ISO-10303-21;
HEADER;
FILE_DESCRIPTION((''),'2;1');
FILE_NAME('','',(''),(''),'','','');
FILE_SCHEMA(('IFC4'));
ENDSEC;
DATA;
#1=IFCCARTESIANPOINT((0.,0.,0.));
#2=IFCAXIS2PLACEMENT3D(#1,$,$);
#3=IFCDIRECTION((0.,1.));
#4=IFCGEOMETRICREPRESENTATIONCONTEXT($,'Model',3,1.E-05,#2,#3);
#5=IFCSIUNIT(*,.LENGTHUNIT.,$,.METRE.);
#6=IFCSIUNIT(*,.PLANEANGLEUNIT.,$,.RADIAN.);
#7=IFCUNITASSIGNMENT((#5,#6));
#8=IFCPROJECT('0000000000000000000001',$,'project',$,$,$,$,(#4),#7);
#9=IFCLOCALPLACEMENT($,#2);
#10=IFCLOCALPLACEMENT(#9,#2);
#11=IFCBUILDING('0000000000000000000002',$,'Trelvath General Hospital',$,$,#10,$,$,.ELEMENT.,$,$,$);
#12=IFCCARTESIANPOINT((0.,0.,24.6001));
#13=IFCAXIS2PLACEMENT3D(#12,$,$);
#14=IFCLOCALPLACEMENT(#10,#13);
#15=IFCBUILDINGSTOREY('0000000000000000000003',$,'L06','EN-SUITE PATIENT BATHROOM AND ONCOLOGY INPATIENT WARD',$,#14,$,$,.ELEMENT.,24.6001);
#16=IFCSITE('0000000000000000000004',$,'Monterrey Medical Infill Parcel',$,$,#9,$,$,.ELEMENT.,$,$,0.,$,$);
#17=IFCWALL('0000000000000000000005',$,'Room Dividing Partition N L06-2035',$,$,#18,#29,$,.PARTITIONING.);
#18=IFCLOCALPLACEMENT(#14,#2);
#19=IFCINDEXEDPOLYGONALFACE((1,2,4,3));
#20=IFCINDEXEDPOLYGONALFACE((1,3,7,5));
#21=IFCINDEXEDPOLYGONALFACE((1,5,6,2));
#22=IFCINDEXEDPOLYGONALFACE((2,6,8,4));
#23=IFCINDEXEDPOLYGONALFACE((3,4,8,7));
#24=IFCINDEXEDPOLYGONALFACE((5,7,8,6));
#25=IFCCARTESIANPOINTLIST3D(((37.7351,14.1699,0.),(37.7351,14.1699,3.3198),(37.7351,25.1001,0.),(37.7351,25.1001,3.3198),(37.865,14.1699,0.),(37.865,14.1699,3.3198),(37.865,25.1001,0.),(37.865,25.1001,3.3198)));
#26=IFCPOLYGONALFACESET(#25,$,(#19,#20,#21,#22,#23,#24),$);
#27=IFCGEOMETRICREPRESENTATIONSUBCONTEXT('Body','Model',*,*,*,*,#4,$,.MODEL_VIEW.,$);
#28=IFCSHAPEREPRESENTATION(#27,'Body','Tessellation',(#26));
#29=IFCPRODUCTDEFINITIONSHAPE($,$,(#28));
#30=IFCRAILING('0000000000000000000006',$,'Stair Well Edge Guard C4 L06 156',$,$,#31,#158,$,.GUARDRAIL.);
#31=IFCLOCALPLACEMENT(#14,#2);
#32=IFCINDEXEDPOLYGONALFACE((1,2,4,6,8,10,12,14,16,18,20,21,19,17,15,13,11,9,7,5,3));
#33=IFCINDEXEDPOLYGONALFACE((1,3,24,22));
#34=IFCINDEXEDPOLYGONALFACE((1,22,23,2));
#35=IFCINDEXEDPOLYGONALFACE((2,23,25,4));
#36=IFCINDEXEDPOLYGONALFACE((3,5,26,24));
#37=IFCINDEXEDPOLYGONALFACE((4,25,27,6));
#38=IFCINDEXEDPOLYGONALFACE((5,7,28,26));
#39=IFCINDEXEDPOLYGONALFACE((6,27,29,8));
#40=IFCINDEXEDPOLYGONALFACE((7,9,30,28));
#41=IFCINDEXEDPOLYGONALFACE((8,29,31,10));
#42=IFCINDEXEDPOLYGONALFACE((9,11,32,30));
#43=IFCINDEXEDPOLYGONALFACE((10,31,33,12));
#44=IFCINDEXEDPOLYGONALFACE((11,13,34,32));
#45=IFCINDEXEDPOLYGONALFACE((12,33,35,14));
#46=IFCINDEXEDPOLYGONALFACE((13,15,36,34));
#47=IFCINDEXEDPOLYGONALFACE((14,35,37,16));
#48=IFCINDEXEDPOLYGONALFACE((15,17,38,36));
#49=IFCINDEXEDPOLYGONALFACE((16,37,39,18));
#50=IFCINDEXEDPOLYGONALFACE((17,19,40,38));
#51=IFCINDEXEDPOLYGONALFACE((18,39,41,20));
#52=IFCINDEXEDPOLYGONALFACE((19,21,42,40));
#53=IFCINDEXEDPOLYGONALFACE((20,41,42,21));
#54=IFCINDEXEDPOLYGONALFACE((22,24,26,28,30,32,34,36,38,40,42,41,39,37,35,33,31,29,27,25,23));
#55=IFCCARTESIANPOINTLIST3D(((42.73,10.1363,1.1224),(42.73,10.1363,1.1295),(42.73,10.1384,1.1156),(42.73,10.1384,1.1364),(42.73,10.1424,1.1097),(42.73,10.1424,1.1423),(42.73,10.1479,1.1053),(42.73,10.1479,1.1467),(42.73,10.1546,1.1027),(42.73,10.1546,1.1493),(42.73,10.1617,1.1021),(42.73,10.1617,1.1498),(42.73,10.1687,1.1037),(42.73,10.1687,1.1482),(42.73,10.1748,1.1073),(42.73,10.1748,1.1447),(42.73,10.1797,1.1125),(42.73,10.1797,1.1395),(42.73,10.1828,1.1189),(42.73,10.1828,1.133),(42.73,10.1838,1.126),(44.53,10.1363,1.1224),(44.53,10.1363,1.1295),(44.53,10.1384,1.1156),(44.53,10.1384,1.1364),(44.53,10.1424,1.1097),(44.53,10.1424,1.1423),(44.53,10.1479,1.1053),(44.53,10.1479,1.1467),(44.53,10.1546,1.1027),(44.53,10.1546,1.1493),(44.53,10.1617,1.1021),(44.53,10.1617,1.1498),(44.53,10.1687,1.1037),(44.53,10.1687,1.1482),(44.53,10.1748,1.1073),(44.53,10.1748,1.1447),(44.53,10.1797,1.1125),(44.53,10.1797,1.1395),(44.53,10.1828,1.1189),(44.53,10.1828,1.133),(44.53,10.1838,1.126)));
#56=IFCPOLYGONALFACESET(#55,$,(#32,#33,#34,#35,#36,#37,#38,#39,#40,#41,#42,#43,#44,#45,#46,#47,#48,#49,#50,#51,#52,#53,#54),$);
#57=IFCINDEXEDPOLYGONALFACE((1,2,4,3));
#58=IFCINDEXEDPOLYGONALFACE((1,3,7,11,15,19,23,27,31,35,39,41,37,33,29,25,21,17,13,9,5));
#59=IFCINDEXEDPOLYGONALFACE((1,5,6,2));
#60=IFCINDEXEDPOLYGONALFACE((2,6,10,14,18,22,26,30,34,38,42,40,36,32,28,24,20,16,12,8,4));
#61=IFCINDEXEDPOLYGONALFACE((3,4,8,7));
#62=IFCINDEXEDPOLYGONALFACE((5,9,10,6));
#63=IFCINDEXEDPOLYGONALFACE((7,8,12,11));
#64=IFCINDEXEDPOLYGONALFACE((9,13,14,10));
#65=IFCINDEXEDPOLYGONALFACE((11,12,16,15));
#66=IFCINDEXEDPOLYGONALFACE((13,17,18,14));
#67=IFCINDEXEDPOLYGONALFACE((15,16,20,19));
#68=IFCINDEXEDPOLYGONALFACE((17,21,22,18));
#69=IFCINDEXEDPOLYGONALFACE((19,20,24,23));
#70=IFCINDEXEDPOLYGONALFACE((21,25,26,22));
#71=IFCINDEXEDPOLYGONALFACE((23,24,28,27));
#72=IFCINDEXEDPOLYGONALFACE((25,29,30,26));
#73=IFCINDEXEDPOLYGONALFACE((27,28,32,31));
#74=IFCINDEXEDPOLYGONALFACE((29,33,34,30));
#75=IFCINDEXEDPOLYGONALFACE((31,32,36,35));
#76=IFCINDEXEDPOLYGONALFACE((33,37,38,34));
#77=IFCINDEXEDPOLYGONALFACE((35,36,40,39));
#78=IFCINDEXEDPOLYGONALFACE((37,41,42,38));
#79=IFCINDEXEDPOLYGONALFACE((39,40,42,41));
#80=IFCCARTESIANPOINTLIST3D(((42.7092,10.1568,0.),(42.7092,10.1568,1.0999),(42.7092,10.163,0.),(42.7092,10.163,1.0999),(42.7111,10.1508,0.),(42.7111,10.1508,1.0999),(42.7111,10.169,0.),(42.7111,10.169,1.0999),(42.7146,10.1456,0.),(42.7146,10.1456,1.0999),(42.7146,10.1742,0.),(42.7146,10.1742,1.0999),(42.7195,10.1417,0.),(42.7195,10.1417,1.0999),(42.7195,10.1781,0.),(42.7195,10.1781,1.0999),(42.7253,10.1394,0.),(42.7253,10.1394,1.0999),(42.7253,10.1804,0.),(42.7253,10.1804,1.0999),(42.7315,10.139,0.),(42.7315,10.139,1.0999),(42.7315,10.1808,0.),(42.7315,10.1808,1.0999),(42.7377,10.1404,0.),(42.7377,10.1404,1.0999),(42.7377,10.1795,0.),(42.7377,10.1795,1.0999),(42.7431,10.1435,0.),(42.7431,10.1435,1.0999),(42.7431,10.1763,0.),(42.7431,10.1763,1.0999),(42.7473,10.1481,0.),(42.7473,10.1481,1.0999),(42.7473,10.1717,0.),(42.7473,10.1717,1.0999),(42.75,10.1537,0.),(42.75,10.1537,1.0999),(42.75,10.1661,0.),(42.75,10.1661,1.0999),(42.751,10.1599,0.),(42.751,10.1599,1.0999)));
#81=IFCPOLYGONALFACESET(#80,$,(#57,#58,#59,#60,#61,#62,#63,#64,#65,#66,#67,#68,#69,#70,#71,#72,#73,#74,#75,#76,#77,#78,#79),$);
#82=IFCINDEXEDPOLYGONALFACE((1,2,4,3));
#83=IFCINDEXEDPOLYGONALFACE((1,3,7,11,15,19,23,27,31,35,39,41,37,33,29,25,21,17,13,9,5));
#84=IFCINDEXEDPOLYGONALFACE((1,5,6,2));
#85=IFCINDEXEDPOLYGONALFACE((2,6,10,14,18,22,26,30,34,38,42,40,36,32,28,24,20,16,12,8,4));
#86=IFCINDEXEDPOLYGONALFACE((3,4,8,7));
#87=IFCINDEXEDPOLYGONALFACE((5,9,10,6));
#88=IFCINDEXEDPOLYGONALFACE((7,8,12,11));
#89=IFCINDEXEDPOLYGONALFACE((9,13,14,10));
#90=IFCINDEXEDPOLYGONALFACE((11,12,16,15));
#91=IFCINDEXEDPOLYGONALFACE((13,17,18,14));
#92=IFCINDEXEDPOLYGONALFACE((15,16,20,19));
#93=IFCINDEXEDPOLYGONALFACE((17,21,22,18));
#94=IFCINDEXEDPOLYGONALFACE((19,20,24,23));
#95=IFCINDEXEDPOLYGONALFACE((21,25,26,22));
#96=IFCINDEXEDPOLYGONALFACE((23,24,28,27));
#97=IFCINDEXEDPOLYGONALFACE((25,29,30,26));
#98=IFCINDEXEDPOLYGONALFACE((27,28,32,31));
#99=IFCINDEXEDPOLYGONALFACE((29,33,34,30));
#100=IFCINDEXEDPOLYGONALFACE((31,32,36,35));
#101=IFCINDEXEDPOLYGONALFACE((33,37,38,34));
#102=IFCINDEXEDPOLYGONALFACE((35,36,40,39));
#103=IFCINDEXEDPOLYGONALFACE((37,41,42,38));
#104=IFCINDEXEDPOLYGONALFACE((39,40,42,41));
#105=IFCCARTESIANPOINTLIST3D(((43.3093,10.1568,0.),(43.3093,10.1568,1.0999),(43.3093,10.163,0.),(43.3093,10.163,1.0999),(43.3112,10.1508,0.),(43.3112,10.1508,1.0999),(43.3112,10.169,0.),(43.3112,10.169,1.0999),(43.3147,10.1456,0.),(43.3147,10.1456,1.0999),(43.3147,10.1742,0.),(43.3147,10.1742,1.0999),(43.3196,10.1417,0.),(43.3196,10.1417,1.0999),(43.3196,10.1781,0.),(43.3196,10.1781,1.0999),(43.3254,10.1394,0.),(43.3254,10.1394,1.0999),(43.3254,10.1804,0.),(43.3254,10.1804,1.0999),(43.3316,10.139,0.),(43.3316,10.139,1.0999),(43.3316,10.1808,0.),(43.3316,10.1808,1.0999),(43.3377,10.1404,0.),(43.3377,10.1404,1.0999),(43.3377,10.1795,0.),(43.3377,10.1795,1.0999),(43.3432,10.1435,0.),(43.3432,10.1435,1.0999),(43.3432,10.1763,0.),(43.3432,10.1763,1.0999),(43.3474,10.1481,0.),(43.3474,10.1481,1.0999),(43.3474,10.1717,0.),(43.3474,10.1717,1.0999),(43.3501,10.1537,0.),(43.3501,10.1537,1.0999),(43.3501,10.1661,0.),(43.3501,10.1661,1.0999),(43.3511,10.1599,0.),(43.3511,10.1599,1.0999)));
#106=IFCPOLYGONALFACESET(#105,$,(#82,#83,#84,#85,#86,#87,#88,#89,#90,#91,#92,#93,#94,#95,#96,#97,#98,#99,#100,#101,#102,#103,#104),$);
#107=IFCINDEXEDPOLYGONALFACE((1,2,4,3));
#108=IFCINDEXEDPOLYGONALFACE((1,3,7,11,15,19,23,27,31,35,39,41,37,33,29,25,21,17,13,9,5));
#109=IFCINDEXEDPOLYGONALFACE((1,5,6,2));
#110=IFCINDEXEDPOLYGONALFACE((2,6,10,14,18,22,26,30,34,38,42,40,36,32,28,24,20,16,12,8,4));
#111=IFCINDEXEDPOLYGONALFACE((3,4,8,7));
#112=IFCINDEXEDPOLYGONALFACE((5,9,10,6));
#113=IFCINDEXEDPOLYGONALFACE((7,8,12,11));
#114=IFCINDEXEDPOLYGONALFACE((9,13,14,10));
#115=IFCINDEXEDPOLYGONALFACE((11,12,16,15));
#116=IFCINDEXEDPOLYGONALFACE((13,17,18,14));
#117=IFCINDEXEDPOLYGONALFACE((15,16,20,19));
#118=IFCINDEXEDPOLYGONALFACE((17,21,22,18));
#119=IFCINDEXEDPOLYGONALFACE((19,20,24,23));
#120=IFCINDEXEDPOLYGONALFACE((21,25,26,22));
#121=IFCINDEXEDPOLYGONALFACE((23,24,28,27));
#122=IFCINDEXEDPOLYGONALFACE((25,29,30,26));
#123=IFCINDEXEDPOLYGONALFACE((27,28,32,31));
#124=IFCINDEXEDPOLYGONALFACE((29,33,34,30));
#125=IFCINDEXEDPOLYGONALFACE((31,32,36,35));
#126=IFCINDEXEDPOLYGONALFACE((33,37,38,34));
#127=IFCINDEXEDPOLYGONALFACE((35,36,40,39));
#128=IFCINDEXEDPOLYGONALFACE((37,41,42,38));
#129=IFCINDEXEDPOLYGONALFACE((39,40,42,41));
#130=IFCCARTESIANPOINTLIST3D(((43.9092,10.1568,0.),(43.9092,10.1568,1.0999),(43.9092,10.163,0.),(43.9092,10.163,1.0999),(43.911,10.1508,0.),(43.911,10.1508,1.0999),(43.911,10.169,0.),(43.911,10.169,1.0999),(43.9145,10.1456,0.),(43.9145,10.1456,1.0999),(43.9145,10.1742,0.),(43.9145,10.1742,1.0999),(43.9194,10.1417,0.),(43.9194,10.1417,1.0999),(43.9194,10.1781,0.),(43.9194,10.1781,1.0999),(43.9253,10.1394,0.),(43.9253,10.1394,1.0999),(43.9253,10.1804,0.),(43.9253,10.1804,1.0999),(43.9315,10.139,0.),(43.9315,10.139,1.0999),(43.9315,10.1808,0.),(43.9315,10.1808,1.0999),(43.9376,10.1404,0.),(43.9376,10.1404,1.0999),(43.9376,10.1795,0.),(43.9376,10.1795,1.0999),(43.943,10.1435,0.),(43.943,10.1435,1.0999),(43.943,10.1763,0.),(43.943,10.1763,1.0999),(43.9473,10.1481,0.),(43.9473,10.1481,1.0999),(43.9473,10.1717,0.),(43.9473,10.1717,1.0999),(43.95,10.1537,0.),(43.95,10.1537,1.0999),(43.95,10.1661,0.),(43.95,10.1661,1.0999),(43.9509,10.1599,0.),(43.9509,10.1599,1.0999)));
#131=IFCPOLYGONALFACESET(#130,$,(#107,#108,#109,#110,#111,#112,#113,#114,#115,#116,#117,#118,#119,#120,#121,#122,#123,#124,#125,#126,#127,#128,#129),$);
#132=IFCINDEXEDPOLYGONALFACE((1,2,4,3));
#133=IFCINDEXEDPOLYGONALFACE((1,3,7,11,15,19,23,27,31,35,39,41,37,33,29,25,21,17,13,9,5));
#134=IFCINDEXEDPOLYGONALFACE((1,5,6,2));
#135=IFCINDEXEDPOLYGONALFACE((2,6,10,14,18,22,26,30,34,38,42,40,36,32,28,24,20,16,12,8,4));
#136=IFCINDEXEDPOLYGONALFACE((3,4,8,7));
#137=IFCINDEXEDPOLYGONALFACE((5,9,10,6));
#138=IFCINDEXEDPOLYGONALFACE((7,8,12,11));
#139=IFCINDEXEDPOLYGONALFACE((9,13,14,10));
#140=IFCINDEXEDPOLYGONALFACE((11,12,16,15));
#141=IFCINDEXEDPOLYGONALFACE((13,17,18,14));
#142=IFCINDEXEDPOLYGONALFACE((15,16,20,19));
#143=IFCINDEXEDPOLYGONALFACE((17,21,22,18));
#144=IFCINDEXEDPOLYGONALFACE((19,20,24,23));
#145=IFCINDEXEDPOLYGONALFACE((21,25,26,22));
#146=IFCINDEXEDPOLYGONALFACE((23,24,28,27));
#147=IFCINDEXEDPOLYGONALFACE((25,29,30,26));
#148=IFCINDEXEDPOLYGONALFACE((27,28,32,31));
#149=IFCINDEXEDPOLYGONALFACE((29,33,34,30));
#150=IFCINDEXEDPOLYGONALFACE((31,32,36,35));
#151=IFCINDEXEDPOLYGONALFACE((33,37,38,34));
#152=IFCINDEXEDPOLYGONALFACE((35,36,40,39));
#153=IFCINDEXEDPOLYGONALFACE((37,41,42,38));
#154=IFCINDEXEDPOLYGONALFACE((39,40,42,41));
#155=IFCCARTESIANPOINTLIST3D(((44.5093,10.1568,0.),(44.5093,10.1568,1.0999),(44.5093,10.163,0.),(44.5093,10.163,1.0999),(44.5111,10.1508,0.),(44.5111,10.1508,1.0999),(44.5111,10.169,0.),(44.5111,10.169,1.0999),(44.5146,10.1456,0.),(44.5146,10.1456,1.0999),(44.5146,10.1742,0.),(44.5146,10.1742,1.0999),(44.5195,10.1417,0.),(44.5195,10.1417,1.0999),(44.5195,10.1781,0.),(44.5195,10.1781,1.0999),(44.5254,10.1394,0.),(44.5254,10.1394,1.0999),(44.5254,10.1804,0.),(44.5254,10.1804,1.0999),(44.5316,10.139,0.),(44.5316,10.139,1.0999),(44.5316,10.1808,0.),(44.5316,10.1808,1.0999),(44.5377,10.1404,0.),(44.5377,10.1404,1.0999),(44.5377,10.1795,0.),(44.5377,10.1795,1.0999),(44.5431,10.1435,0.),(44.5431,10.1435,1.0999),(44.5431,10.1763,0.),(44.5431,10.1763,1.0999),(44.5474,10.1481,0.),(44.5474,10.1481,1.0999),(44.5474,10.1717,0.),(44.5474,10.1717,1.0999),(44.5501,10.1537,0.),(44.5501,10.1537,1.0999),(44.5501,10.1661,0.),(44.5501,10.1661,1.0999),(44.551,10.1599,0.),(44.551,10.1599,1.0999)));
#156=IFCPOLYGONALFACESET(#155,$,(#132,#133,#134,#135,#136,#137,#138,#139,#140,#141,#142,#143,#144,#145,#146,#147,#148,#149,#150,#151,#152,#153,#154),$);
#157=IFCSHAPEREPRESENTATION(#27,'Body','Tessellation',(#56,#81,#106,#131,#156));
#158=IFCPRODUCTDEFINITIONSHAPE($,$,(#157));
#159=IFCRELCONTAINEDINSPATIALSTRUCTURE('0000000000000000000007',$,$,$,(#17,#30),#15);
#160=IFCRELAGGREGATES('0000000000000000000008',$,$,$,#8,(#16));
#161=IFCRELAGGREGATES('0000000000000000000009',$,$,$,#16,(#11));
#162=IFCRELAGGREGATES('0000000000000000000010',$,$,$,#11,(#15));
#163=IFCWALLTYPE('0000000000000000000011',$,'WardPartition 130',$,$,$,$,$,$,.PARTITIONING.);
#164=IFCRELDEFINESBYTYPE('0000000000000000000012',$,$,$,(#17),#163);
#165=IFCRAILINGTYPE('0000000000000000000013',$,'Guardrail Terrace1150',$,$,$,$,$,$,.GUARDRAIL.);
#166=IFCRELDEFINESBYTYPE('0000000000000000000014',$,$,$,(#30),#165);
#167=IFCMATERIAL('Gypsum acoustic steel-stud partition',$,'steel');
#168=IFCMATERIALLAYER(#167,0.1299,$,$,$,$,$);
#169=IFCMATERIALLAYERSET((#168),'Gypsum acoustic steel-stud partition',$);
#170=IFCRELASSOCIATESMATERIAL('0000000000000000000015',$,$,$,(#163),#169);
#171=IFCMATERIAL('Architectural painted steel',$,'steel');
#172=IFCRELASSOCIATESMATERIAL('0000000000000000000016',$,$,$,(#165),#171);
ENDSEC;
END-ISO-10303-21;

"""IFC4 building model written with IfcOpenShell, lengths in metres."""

from ifc_helpers import new_model, si_unit, direction, frame, frame_2d, origin, origin_2d, place, context, subcontext, project, spatial, rectangle, circle, extrude, material, layer, layer_set, type_object, element, save


model = new_model("IFC4")

# Units and contexts
model_context = context("Model", 3, precision=1e-05, world=origin(), true_north=direction((0.0, 1.0)))
body_context = subcontext(model_context, "Body", "Model", "MODEL_VIEW")
ifc_project = project(units=[si_unit("LENGTHUNIT", "METRE"), si_unit("PLANEANGLEUNIT", "RADIAN")], contexts=[model_context])

# Site, building, storey
site_placement = place(None, origin())
site = spatial("IfcSite", under=ifc_project, at=site_placement, Name="Monterrey Medical Infill Parcel", CompositionType="ELEMENT", RefElevation=0.0)
building_placement = place(site_placement, origin())
building = spatial("IfcBuilding", under=site, at=building_placement, Name="Trelvath General Hospital", CompositionType="ELEMENT")
storey_placement = place(building_placement, frame((0.0, 0.0, 24.6001)))
storey = spatial("IfcBuildingStorey", under=building, at=storey_placement, Name="L06", Description="EN-SUITE PATIENT BATHROOM AND ONCOLOGY INPATIENT WARD", CompositionType="ELEMENT", Elevation=24.6001)

# Wall
ifc_material_1 = material(Name="Gypsum acoustic steel-stud partition", Category="steel")
ifc_layer_1 = layer(ifc_material_1, 0.1299)
ifc_layer_set_1 = layer_set([ifc_layer_1], Name="Gypsum acoustic steel-stud partition")
wall_type_1 = type_object("IfcWallType", Name="WardPartition 130", PredefinedType="PARTITIONING", material=ifc_layer_set_1)
wall_1_placement = place(storey_placement, frame((37.8, 14.1699, 0.0), z_axis=(0.0, 0.0, 1.0), x_axis=(0.0, 1.0, 0.0)))
element("IfcWall", 1, at=wall_1_placement, inside=storey, type_object=wall_type_1, Name="Room Dividing Partition N L06-2035", PredefinedType="PARTITIONING", context=body_context, shape_type="SweptSolid", body=[
    extrude(rectangle(XDim=10.9302, YDim=0.1299, at=frame_2d((5.4651, 0.0))), origin(), (0.0, 0.0, 1.0), 3.3198),
])

# Railing
ifc_material_2 = material(Name="Architectural painted steel", Category="steel")
railing_type = type_object("IfcRailingType", Name="Guardrail Terrace1150", PredefinedType="GUARDRAIL", material=ifc_material_2)
railing_placement = place(storey_placement, frame((42.73, 10.1599, 0.0)))
element("IfcRailing", 2, at=railing_placement, inside=storey, type_object=railing_type, Name="Stair Well Edge Guard C4 L06 156", PredefinedType="GUARDRAIL", context=body_context, shape_type="SweptSolid", body=[
    extrude(circle(Radius=0.0239, at=origin_2d()), frame((0.0, 0.0, 1.126), z_axis=(1.0, 0.0, 0.0), x_axis=(0.0, 1.0, 0.0)), (0.0, 0.0, 1.0), 1.8),
    extrude(circle(Radius=0.021, at=origin_2d()), origin(), (0.0, 0.0, 1.0), 1.0999),
    extrude(circle(Radius=0.021, at=origin_2d()), frame((0.6001, 0.0, 0.0)), (0.0, 0.0, 1.0), 1.0999),
    extrude(circle(Radius=0.021, at=origin_2d()), frame((1.2, 0.0, 0.0)), (0.0, 0.0, 1.0), 1.0999),
    extrude(circle(Radius=0.021, at=origin_2d()), frame((1.8, 0.0, 0.0)), (0.0, 0.0, 1.0), 1.0999),
])

save(model, "model.ifc")
